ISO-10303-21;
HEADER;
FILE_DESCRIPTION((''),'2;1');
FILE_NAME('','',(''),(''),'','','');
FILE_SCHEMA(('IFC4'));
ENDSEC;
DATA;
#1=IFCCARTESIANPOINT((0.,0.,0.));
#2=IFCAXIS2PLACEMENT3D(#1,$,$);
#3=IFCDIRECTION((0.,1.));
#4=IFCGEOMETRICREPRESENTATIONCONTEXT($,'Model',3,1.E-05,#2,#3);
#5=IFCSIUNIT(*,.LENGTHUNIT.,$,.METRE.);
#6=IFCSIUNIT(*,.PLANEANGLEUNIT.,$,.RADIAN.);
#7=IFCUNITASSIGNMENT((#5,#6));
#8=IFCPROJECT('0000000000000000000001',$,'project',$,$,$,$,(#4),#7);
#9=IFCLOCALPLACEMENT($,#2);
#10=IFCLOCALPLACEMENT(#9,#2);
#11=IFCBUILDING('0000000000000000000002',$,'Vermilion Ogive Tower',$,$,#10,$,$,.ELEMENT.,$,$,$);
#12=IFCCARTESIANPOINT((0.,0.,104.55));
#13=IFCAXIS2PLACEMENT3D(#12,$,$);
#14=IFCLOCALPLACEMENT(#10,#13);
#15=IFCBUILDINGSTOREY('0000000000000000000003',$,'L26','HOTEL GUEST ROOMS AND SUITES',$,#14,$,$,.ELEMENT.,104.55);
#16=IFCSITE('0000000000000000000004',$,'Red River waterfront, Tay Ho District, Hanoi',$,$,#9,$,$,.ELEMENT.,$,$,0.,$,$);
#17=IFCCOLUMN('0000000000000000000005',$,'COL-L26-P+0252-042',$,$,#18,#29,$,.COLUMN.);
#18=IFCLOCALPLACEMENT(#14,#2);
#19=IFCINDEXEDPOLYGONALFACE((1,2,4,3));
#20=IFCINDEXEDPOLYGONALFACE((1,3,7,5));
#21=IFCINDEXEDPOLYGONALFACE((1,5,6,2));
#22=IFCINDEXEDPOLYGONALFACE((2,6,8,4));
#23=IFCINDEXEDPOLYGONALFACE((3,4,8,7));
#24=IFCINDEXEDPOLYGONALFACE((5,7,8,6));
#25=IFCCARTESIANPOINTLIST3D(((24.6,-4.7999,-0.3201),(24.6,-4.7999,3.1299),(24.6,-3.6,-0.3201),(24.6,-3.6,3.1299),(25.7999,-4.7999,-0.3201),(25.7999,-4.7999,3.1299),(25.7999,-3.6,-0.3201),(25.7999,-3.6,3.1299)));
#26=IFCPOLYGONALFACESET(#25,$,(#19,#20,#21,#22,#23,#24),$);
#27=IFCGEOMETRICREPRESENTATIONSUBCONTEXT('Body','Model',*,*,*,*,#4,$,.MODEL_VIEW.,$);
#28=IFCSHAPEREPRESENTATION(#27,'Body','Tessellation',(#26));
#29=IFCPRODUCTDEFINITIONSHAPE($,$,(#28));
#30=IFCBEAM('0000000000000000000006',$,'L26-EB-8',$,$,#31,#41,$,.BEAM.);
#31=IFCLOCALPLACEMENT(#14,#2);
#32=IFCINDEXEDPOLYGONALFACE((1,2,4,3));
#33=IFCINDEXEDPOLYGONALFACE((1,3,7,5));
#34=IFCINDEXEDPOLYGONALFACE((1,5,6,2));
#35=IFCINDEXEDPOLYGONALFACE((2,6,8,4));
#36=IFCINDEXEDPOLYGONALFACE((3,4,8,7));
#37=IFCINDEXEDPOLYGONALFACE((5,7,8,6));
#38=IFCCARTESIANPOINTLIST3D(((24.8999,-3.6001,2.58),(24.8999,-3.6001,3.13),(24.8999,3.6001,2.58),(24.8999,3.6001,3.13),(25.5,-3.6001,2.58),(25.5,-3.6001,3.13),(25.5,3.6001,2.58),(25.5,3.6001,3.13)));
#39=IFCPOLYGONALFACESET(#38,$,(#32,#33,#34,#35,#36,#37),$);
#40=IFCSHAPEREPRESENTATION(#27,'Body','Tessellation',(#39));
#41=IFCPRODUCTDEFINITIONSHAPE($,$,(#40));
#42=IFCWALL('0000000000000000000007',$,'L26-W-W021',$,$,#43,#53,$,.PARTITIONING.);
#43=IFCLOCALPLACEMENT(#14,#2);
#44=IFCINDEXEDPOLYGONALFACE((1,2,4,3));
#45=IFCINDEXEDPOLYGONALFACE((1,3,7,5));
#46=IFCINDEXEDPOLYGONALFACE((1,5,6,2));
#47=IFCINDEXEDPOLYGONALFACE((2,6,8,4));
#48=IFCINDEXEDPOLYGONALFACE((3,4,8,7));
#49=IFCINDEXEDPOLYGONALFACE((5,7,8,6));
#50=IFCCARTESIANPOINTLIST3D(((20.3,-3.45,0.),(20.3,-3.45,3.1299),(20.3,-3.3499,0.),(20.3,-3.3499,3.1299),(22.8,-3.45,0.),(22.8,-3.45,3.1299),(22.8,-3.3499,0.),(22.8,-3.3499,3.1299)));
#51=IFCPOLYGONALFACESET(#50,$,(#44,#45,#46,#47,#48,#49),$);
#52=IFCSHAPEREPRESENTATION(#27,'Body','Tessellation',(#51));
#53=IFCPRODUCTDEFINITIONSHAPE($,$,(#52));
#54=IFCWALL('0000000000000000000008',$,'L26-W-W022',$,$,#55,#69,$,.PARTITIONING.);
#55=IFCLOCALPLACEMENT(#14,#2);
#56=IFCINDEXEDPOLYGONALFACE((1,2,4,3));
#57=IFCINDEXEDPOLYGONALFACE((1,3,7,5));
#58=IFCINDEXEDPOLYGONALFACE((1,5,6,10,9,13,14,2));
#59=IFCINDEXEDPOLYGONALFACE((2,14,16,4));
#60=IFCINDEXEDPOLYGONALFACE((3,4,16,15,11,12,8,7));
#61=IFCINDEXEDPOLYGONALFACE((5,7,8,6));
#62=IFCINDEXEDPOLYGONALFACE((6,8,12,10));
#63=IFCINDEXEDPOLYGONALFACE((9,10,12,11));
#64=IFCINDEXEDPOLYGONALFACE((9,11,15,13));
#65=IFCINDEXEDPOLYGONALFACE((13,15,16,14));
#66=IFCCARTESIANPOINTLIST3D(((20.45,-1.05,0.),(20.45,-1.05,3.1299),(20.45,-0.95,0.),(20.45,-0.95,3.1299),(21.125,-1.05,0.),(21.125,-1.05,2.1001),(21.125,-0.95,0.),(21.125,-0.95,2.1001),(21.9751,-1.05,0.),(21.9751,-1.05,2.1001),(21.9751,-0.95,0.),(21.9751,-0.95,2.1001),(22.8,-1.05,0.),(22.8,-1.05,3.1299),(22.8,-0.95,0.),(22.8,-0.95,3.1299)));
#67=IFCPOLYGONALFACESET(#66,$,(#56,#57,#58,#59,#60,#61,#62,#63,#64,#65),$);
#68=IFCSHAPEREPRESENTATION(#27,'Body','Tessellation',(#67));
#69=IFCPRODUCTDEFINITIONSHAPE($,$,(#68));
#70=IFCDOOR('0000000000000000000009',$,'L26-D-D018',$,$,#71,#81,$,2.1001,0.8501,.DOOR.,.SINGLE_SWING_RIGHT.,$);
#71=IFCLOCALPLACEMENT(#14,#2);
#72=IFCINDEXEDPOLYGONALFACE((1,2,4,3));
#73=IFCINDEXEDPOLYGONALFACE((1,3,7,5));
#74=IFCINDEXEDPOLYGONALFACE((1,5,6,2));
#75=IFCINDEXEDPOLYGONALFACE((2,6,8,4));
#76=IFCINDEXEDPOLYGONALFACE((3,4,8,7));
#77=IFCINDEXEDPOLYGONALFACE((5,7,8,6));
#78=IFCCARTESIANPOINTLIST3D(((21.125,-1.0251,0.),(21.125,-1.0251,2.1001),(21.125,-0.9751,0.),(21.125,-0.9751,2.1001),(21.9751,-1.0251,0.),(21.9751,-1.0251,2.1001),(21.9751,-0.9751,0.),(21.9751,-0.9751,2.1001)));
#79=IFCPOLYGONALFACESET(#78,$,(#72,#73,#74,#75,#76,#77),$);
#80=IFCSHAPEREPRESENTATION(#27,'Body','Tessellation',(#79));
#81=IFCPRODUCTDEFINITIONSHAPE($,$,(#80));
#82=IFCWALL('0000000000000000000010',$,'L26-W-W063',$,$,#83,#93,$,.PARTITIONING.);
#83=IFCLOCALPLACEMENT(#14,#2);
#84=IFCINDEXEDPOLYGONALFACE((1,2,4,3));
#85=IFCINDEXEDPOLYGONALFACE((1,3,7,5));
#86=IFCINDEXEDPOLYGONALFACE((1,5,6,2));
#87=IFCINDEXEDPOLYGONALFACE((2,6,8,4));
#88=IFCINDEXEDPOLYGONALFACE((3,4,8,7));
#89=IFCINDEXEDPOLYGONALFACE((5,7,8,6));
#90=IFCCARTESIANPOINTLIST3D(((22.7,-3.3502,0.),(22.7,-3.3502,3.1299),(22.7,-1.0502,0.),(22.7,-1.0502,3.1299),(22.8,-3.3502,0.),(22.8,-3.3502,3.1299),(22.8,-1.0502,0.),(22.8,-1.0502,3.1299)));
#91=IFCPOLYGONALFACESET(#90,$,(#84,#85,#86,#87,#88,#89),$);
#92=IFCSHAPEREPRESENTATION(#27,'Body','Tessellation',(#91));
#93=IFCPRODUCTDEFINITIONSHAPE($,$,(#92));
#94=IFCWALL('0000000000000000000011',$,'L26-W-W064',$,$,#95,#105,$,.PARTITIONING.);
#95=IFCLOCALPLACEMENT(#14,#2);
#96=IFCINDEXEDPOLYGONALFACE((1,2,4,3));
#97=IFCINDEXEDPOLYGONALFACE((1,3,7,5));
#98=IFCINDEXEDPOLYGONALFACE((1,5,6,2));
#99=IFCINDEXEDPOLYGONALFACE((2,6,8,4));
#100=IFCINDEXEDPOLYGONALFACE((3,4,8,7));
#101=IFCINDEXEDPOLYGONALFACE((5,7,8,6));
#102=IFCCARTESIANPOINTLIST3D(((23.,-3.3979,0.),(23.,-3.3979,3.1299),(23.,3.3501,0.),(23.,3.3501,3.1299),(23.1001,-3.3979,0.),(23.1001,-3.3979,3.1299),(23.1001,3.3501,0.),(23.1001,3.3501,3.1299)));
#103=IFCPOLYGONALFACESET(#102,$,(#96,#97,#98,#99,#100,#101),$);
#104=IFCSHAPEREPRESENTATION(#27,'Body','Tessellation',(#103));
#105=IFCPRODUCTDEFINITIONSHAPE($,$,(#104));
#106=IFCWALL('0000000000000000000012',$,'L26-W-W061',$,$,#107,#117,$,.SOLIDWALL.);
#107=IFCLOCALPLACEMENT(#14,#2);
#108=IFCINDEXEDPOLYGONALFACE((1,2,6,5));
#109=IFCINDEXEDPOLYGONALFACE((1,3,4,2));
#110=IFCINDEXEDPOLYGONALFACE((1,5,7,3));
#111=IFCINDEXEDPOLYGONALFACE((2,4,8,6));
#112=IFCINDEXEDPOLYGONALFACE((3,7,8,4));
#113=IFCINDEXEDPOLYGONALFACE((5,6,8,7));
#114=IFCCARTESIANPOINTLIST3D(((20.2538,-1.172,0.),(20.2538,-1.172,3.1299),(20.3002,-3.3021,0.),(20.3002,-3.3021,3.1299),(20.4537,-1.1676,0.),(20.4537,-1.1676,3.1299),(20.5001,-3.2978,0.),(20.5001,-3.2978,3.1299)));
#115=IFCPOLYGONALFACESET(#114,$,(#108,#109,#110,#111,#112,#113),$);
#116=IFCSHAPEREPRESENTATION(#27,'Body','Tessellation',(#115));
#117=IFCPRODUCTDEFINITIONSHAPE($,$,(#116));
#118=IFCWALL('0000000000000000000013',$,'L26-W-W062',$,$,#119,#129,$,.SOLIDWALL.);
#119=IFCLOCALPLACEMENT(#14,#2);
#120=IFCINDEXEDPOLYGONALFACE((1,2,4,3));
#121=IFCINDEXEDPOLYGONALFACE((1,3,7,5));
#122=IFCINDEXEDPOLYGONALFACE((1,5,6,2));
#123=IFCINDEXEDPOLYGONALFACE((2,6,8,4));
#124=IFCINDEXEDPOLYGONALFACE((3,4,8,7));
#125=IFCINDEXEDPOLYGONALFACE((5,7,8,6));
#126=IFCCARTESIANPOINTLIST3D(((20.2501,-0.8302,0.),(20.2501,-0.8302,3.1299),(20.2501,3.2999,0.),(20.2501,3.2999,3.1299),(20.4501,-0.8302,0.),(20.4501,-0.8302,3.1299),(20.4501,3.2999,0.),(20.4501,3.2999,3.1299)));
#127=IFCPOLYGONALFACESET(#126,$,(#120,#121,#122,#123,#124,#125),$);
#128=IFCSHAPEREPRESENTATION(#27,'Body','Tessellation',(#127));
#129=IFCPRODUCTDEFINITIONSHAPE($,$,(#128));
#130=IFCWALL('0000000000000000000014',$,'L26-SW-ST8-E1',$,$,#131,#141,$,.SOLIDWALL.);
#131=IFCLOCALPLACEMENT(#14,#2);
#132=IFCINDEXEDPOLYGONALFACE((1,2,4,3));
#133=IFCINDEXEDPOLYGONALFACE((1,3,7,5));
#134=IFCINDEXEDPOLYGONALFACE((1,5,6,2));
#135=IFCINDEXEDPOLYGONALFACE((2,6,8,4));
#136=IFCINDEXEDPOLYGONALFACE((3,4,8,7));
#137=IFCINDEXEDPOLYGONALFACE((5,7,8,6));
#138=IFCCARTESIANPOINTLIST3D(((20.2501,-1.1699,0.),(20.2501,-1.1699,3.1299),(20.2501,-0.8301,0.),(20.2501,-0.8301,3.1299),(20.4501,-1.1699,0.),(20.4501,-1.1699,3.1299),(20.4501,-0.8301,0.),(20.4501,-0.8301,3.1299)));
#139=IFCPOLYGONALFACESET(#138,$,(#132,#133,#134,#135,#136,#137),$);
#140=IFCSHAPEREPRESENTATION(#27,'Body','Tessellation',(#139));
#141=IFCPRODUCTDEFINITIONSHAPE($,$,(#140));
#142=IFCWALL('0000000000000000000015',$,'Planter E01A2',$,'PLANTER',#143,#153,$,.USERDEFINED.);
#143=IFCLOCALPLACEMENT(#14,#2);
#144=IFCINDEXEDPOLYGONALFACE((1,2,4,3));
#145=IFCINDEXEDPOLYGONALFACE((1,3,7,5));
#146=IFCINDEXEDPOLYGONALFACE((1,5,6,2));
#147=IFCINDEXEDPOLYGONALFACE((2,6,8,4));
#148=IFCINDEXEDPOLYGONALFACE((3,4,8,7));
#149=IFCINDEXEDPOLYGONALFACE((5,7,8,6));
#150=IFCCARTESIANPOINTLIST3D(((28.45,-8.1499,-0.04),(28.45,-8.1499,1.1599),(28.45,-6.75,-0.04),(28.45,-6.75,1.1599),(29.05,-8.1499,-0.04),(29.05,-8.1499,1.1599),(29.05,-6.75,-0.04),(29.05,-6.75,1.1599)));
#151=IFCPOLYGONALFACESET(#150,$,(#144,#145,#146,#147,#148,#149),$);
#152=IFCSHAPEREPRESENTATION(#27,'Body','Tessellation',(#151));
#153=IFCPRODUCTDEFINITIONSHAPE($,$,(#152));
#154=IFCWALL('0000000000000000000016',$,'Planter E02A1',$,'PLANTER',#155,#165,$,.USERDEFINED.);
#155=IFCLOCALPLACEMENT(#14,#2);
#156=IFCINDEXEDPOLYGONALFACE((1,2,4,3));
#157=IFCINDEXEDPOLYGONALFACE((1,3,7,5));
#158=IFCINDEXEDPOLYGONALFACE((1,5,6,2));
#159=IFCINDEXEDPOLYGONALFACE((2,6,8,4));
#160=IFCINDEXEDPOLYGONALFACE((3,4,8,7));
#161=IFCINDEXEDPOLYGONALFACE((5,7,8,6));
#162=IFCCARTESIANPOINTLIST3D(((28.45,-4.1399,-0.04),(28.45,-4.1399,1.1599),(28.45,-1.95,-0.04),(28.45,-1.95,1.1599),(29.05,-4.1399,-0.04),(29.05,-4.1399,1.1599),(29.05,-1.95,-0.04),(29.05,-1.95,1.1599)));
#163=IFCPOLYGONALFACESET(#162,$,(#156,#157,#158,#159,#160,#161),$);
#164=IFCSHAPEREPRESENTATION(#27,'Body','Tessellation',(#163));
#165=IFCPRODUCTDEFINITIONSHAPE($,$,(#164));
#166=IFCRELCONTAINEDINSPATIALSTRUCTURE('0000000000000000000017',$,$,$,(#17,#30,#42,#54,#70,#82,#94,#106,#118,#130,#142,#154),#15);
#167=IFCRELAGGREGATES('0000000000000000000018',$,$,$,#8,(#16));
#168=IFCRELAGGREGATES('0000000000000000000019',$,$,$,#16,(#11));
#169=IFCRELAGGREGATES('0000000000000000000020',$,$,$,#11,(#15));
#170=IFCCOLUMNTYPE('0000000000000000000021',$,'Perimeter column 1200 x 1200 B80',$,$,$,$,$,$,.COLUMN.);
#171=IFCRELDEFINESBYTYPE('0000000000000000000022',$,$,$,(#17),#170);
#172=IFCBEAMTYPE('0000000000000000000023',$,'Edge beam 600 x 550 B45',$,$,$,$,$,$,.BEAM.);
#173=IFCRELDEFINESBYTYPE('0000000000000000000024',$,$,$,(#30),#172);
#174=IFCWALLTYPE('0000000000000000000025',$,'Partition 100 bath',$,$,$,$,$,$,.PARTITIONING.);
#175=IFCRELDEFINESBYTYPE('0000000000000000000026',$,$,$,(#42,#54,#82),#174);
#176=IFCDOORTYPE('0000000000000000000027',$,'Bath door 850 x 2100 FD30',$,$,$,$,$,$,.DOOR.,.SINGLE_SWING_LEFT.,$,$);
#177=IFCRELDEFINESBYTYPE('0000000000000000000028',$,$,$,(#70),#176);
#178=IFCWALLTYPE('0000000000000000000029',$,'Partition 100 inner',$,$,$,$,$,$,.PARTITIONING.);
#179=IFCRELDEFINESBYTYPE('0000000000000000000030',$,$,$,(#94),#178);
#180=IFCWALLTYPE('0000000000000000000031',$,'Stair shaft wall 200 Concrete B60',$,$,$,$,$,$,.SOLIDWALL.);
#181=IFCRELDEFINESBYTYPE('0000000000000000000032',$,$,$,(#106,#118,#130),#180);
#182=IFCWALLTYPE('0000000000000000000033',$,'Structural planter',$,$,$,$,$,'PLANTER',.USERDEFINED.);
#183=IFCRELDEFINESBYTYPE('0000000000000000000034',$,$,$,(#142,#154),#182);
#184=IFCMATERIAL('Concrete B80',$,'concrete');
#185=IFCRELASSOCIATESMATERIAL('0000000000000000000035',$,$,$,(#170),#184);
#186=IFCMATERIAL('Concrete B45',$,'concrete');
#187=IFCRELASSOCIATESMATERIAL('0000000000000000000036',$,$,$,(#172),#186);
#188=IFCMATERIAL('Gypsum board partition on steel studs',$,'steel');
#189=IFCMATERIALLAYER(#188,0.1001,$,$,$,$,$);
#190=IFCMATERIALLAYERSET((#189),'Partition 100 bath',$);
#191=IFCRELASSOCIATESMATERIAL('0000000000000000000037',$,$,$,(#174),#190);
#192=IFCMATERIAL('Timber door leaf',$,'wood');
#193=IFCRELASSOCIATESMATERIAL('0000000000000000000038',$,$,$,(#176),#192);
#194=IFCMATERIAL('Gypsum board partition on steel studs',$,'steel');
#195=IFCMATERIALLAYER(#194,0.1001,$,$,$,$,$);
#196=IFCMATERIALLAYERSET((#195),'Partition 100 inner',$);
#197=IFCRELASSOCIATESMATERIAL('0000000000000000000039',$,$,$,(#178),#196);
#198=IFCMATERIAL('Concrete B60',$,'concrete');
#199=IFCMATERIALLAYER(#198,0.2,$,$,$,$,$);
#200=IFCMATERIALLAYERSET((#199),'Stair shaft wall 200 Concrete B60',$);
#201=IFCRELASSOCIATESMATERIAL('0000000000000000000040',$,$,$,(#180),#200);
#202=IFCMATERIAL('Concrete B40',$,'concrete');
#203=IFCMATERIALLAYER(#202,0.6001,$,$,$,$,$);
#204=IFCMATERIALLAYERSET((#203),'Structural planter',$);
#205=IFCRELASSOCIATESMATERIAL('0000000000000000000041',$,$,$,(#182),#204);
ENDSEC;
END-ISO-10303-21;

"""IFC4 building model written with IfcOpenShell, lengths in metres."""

from ifc_helpers import new_model, si_unit, direction, frame, frame_2d, origin, origin_2d, place, context, subcontext, project, spatial, rectangle, extrude, material, layer, layer_set, material_profile, profile_set, type_object, element, fill, save


model = new_model("IFC4")

# Units and contexts
model_context = context("Model", 3, precision=1e-05, world=origin(), true_north=direction((0.0, 1.0)))
body_context = subcontext(model_context, "Body", "Model", "MODEL_VIEW")
ifc_project = project(units=[si_unit("LENGTHUNIT", "METRE"), si_unit("PLANEANGLEUNIT", "RADIAN")], contexts=[model_context])

# Site, building, storey
site_placement = place(None, origin())
site = spatial("IfcSite", under=ifc_project, at=site_placement, Name="Red River waterfront, Tay Ho District, Hanoi", CompositionType="ELEMENT", RefElevation=0.0)
building_placement = place(site_placement, origin())
building = spatial("IfcBuilding", under=site, at=building_placement, Name="Vermilion Ogive Tower", CompositionType="ELEMENT")
storey_placement = place(building_placement, frame((0.0, 0.0, 104.55)))
storey = spatial("IfcBuildingStorey", under=building, at=storey_placement, Name="L26", Description="HOTEL GUEST ROOMS AND SUITES", CompositionType="ELEMENT", Elevation=104.55)

# Column
ifc_material_1 = material(Name="Concrete B80", Category="concrete")
ifc_material_profile_1 = material_profile(ifc_material_1, rectangle(XDim=1.2, YDim=1.2, at=origin_2d()), Name="1200 x 1200")
ifc_profile_set_1 = profile_set([ifc_material_profile_1], Name="Concrete B80")
column_type = type_object("IfcColumnType", Name="Perimeter column 1200 x 1200 B80", PredefinedType="COLUMN", material=ifc_profile_set_1)
column_placement = place(storey_placement, frame((25.2, -4.2, -0.3201), z_axis=(0.0, 0.0, 1.0), x_axis=(1.0, 0.0, 0.0)))
element("IfcColumn", 1, at=column_placement, inside=storey, type_object=column_type, Name="COL-L26-P+0252-042", PredefinedType="COLUMN", context=body_context, shape_type="SweptSolid", body=[
    extrude(rectangle(XDim=1.2, YDim=1.2, at=origin_2d()), origin(), (0.0, 0.0, 1.0), 3.45),
])

# Beam
ifc_material_2 = material(Name="Concrete B45", Category="concrete")
ifc_material_profile_2 = material_profile(ifc_material_2, rectangle(XDim=0.6001, YDim=0.55, at=origin_2d()), Name="600 x 550")
ifc_profile_set_2 = profile_set([ifc_material_profile_2], Name="Concrete B45")
beam_type = type_object("IfcBeamType", Name="Edge beam 600 x 550 B45", PredefinedType="BEAM", material=ifc_profile_set_2)
beam_placement = place(storey_placement, frame((25.2, -3.6001, 2.855), z_axis=(0.0, 1.0, 0.0), x_axis=(-1.0, 0.0, 0.0)))
element("IfcBeam", 2, at=beam_placement, inside=storey, type_object=beam_type, Name="L26-EB-8", PredefinedType="BEAM", context=body_context, shape_type="SweptSolid", body=[
    extrude(rectangle(XDim=0.6001, YDim=0.55, at=origin_2d()), origin(), (0.0, 0.0, 1.0), 7.2002),
])

# Wall
ifc_material_3 = material(Name="Gypsum board partition on steel studs", Category="steel")
ifc_layer_1 = layer(ifc_material_3, 0.1001)
ifc_layer_set_1 = layer_set([ifc_layer_1], Name="Partition 100 bath")
wall_type_1 = type_object("IfcWallType", Name="Partition 100 bath", PredefinedType="PARTITIONING", material=ifc_layer_set_1)
wall_1_placement = place(storey_placement, frame((20.3, -3.3999, 0.0), z_axis=(0.0, 0.0, 1.0), x_axis=(1.0, 0.0, 0.0)))
element("IfcWall", 3, at=wall_1_placement, inside=storey, type_object=wall_type_1, Name="L26-W-W021", PredefinedType="PARTITIONING", context=body_context, shape_type="SweptSolid", body=[
    extrude(rectangle(XDim=2.5, YDim=0.1001, at=frame_2d((1.25, 0.0))), origin(), (0.0, 0.0, 1.0), 3.1299),
])

# Wall, opening, door
wall_2_placement = place(storey_placement, frame((20.45, -1.0, 0.0), z_axis=(0.0, 0.0, 1.0), x_axis=(1.0, 0.0, 0.0)))
wall_2 = element("IfcWall", 4, at=wall_2_placement, inside=storey, type_object=wall_type_1, Name="L26-W-W022", PredefinedType="PARTITIONING", context=body_context, shape_type="SweptSolid", body=[
    extrude(rectangle(XDim=2.3501, YDim=0.1001, at=frame_2d((1.175, 0.0))), origin(), (0.0, 0.0, 1.0), 3.1299),
])
opening_1_placement = place(wall_2_placement, frame((0.675, 0.0, 0.0)))
opening_1 = element("IfcOpeningElement", 5, at=opening_1_placement, cuts=wall_2, PredefinedType="OPENING", context=body_context, shape_type="SweptSolid", body=[
    extrude(rectangle(XDim=0.8501, YDim=2.1001, at=frame_2d((0.425, 1.05))), frame((0.0, 0.0601, 0.0), z_axis=(0.0, -1.0, 0.0), x_axis=(1.0, 0.0, 0.0)), (0.0, 0.0, 1.0), 0.1201),
])
ifc_material_4 = material(Name="Timber door leaf", Category="wood")
door_type_1 = type_object("IfcDoorType", Name="Bath door 850 x 2100 FD30", OperationType="SINGLE_SWING_LEFT", PredefinedType="DOOR", material=ifc_material_4)
door_1_placement = place(opening_1_placement, origin())
door_1 = element("IfcDoor", 6, at=door_1_placement, inside=storey, type_object=door_type_1, Name="L26-D-D018", OperationType="SINGLE_SWING_RIGHT", OverallHeight=2.1001, OverallWidth=0.8501, PredefinedType="DOOR", context=body_context, shape_type="SweptSolid", body=[
    extrude(rectangle(XDim=0.8501, YDim=2.1001, at=frame_2d((0.425, 1.05))), frame((0.0, 0.0249, 0.0), z_axis=(0.0, -1.0, 0.0), x_axis=(1.0, 0.0, 0.0)), (0.0, 0.0, 1.0), 0.05),
])
fill(opening_1, door_1)

# Walls
wall_3_placement = place(storey_placement, frame((22.75, -3.3501, 0.0), z_axis=(0.0, 0.0, 1.0), x_axis=(0.0, 1.0, 0.0)))
element("IfcWall", 7, at=wall_3_placement, inside=storey, type_object=wall_type_1, Name="L26-W-W063", PredefinedType="PARTITIONING", context=body_context, shape_type="SweptSolid", body=[
    extrude(rectangle(XDim=2.3, YDim=0.1001, at=frame_2d((1.1499, 0.0))), origin(), (0.0, 0.0, 1.0), 3.1299),
])
ifc_material_5 = material(Name="Gypsum board partition on steel studs", Category="steel")
ifc_layer_2 = layer(ifc_material_5, 0.1001)
ifc_layer_set_2 = layer_set([ifc_layer_2], Name="Partition 100 inner")
wall_type_2 = type_object("IfcWallType", Name="Partition 100 inner", PredefinedType="PARTITIONING", material=ifc_layer_set_2)
wall_4_placement = place(storey_placement, frame((23.05, -3.3979, 0.0), z_axis=(0.0, 0.0, 1.0), x_axis=(0.0, 1.0, 0.0)))
element("IfcWall", 8, at=wall_4_placement, inside=storey, type_object=wall_type_2, Name="L26-W-W064", PredefinedType="PARTITIONING", context=body_context, shape_type="SweptSolid", body=[
    extrude(rectangle(XDim=6.748, YDim=0.1001, at=frame_2d((3.374, 0.0))), origin(), (0.0, 0.0, 1.0), 3.1299),
])
ifc_material_6 = material(Name="Concrete B60", Category="concrete")
ifc_layer_3 = layer(ifc_material_6, 0.2)
ifc_layer_set_3 = layer_set([ifc_layer_3], Name="Stair shaft wall 200 Concrete B60")
wall_type_3 = type_object("IfcWallType", Name="Stair shaft wall 200 Concrete B60", PredefinedType="SOLIDWALL", material=ifc_layer_set_3)
wall_5_placement = place(storey_placement, frame((20.4001, -3.3, 0.0), z_axis=(0.0, 0.0, 1.0), x_axis=(-0.021771, 0.999763, 0.0)))
element("IfcWall", 9, at=wall_5_placement, inside=storey, type_object=wall_type_3, Name="L26-W-W061", PredefinedType="SOLIDWALL", context=body_context, shape_type="SweptSolid", body=[
    extrude(rectangle(XDim=2.1306, YDim=0.2, at=frame_2d((1.0654, 0.0))), origin(), (0.0, 0.0, 1.0), 3.1299),
])
wall_6_placement = place(storey_placement, frame((20.3501, -0.8301, 0.0), z_axis=(0.0, 0.0, 1.0), x_axis=(0.0, 1.0, 0.0)))
element("IfcWall", 10, at=wall_6_placement, inside=storey, type_object=wall_type_3, Name="L26-W-W062", PredefinedType="SOLIDWALL", context=body_context, shape_type="SweptSolid", body=[
    extrude(rectangle(XDim=4.1301, YDim=0.2, at=frame_2d((2.0649, 0.0))), origin(), (0.0, 0.0, 1.0), 3.1299),
])
wall_7_placement = place(storey_placement, frame((20.3501, -1.1699, 0.0), z_axis=(0.0, 0.0, 1.0), x_axis=(0.0, 1.0, 0.0)))
element("IfcWall", 11, at=wall_7_placement, inside=storey, type_object=wall_type_3, Name="L26-SW-ST8-E1", PredefinedType="SOLIDWALL", context=body_context, shape_type="SweptSolid", body=[
    extrude(rectangle(XDim=0.3398, YDim=0.2, at=frame_2d((0.1699, 0.0))), origin(), (0.0, 0.0, 1.0), 3.1299),
])
ifc_material_7 = material(Name="Concrete B40", Category="concrete")
ifc_layer_4 = layer(ifc_material_7, 0.6001)
ifc_layer_set_4 = layer_set([ifc_layer_4], Name="Structural planter")
wall_type_4 = type_object("IfcWallType", Name="Structural planter", ElementType="PLANTER", PredefinedType="USERDEFINED", material=ifc_layer_set_4)
wall_8_placement = place(storey_placement, frame((28.75, -8.1499, -0.04), z_axis=(0.0, 0.0, 1.0), x_axis=(0.0, 1.0, 0.0)))
element("IfcWall", 12, at=wall_8_placement, inside=storey, type_object=wall_type_4, Name="Planter E01A2", ObjectType="PLANTER", PredefinedType="USERDEFINED", context=body_context, shape_type="SweptSolid", body=[
    extrude(rectangle(XDim=1.3999, YDim=0.6001, at=frame_2d((0.7, 0.0))), origin(), (0.0, 0.0, 1.0), 1.2),
])
wall_9_placement = place(storey_placement, frame((28.75, -4.1399, -0.04), z_axis=(0.0, 0.0, 1.0), x_axis=(0.0, 1.0, 0.0)))
element("IfcWall", 13, at=wall_9_placement, inside=storey, type_object=wall_type_4, Name="Planter E02A1", ObjectType="PLANTER", PredefinedType="USERDEFINED", context=body_context, shape_type="SweptSolid", body=[
    extrude(rectangle(XDim=2.1899, YDim=0.6001, at=frame_2d((1.095, 0.0))), origin(), (0.0, 0.0, 1.0), 1.2),
])

save(model, "model.ifc")
